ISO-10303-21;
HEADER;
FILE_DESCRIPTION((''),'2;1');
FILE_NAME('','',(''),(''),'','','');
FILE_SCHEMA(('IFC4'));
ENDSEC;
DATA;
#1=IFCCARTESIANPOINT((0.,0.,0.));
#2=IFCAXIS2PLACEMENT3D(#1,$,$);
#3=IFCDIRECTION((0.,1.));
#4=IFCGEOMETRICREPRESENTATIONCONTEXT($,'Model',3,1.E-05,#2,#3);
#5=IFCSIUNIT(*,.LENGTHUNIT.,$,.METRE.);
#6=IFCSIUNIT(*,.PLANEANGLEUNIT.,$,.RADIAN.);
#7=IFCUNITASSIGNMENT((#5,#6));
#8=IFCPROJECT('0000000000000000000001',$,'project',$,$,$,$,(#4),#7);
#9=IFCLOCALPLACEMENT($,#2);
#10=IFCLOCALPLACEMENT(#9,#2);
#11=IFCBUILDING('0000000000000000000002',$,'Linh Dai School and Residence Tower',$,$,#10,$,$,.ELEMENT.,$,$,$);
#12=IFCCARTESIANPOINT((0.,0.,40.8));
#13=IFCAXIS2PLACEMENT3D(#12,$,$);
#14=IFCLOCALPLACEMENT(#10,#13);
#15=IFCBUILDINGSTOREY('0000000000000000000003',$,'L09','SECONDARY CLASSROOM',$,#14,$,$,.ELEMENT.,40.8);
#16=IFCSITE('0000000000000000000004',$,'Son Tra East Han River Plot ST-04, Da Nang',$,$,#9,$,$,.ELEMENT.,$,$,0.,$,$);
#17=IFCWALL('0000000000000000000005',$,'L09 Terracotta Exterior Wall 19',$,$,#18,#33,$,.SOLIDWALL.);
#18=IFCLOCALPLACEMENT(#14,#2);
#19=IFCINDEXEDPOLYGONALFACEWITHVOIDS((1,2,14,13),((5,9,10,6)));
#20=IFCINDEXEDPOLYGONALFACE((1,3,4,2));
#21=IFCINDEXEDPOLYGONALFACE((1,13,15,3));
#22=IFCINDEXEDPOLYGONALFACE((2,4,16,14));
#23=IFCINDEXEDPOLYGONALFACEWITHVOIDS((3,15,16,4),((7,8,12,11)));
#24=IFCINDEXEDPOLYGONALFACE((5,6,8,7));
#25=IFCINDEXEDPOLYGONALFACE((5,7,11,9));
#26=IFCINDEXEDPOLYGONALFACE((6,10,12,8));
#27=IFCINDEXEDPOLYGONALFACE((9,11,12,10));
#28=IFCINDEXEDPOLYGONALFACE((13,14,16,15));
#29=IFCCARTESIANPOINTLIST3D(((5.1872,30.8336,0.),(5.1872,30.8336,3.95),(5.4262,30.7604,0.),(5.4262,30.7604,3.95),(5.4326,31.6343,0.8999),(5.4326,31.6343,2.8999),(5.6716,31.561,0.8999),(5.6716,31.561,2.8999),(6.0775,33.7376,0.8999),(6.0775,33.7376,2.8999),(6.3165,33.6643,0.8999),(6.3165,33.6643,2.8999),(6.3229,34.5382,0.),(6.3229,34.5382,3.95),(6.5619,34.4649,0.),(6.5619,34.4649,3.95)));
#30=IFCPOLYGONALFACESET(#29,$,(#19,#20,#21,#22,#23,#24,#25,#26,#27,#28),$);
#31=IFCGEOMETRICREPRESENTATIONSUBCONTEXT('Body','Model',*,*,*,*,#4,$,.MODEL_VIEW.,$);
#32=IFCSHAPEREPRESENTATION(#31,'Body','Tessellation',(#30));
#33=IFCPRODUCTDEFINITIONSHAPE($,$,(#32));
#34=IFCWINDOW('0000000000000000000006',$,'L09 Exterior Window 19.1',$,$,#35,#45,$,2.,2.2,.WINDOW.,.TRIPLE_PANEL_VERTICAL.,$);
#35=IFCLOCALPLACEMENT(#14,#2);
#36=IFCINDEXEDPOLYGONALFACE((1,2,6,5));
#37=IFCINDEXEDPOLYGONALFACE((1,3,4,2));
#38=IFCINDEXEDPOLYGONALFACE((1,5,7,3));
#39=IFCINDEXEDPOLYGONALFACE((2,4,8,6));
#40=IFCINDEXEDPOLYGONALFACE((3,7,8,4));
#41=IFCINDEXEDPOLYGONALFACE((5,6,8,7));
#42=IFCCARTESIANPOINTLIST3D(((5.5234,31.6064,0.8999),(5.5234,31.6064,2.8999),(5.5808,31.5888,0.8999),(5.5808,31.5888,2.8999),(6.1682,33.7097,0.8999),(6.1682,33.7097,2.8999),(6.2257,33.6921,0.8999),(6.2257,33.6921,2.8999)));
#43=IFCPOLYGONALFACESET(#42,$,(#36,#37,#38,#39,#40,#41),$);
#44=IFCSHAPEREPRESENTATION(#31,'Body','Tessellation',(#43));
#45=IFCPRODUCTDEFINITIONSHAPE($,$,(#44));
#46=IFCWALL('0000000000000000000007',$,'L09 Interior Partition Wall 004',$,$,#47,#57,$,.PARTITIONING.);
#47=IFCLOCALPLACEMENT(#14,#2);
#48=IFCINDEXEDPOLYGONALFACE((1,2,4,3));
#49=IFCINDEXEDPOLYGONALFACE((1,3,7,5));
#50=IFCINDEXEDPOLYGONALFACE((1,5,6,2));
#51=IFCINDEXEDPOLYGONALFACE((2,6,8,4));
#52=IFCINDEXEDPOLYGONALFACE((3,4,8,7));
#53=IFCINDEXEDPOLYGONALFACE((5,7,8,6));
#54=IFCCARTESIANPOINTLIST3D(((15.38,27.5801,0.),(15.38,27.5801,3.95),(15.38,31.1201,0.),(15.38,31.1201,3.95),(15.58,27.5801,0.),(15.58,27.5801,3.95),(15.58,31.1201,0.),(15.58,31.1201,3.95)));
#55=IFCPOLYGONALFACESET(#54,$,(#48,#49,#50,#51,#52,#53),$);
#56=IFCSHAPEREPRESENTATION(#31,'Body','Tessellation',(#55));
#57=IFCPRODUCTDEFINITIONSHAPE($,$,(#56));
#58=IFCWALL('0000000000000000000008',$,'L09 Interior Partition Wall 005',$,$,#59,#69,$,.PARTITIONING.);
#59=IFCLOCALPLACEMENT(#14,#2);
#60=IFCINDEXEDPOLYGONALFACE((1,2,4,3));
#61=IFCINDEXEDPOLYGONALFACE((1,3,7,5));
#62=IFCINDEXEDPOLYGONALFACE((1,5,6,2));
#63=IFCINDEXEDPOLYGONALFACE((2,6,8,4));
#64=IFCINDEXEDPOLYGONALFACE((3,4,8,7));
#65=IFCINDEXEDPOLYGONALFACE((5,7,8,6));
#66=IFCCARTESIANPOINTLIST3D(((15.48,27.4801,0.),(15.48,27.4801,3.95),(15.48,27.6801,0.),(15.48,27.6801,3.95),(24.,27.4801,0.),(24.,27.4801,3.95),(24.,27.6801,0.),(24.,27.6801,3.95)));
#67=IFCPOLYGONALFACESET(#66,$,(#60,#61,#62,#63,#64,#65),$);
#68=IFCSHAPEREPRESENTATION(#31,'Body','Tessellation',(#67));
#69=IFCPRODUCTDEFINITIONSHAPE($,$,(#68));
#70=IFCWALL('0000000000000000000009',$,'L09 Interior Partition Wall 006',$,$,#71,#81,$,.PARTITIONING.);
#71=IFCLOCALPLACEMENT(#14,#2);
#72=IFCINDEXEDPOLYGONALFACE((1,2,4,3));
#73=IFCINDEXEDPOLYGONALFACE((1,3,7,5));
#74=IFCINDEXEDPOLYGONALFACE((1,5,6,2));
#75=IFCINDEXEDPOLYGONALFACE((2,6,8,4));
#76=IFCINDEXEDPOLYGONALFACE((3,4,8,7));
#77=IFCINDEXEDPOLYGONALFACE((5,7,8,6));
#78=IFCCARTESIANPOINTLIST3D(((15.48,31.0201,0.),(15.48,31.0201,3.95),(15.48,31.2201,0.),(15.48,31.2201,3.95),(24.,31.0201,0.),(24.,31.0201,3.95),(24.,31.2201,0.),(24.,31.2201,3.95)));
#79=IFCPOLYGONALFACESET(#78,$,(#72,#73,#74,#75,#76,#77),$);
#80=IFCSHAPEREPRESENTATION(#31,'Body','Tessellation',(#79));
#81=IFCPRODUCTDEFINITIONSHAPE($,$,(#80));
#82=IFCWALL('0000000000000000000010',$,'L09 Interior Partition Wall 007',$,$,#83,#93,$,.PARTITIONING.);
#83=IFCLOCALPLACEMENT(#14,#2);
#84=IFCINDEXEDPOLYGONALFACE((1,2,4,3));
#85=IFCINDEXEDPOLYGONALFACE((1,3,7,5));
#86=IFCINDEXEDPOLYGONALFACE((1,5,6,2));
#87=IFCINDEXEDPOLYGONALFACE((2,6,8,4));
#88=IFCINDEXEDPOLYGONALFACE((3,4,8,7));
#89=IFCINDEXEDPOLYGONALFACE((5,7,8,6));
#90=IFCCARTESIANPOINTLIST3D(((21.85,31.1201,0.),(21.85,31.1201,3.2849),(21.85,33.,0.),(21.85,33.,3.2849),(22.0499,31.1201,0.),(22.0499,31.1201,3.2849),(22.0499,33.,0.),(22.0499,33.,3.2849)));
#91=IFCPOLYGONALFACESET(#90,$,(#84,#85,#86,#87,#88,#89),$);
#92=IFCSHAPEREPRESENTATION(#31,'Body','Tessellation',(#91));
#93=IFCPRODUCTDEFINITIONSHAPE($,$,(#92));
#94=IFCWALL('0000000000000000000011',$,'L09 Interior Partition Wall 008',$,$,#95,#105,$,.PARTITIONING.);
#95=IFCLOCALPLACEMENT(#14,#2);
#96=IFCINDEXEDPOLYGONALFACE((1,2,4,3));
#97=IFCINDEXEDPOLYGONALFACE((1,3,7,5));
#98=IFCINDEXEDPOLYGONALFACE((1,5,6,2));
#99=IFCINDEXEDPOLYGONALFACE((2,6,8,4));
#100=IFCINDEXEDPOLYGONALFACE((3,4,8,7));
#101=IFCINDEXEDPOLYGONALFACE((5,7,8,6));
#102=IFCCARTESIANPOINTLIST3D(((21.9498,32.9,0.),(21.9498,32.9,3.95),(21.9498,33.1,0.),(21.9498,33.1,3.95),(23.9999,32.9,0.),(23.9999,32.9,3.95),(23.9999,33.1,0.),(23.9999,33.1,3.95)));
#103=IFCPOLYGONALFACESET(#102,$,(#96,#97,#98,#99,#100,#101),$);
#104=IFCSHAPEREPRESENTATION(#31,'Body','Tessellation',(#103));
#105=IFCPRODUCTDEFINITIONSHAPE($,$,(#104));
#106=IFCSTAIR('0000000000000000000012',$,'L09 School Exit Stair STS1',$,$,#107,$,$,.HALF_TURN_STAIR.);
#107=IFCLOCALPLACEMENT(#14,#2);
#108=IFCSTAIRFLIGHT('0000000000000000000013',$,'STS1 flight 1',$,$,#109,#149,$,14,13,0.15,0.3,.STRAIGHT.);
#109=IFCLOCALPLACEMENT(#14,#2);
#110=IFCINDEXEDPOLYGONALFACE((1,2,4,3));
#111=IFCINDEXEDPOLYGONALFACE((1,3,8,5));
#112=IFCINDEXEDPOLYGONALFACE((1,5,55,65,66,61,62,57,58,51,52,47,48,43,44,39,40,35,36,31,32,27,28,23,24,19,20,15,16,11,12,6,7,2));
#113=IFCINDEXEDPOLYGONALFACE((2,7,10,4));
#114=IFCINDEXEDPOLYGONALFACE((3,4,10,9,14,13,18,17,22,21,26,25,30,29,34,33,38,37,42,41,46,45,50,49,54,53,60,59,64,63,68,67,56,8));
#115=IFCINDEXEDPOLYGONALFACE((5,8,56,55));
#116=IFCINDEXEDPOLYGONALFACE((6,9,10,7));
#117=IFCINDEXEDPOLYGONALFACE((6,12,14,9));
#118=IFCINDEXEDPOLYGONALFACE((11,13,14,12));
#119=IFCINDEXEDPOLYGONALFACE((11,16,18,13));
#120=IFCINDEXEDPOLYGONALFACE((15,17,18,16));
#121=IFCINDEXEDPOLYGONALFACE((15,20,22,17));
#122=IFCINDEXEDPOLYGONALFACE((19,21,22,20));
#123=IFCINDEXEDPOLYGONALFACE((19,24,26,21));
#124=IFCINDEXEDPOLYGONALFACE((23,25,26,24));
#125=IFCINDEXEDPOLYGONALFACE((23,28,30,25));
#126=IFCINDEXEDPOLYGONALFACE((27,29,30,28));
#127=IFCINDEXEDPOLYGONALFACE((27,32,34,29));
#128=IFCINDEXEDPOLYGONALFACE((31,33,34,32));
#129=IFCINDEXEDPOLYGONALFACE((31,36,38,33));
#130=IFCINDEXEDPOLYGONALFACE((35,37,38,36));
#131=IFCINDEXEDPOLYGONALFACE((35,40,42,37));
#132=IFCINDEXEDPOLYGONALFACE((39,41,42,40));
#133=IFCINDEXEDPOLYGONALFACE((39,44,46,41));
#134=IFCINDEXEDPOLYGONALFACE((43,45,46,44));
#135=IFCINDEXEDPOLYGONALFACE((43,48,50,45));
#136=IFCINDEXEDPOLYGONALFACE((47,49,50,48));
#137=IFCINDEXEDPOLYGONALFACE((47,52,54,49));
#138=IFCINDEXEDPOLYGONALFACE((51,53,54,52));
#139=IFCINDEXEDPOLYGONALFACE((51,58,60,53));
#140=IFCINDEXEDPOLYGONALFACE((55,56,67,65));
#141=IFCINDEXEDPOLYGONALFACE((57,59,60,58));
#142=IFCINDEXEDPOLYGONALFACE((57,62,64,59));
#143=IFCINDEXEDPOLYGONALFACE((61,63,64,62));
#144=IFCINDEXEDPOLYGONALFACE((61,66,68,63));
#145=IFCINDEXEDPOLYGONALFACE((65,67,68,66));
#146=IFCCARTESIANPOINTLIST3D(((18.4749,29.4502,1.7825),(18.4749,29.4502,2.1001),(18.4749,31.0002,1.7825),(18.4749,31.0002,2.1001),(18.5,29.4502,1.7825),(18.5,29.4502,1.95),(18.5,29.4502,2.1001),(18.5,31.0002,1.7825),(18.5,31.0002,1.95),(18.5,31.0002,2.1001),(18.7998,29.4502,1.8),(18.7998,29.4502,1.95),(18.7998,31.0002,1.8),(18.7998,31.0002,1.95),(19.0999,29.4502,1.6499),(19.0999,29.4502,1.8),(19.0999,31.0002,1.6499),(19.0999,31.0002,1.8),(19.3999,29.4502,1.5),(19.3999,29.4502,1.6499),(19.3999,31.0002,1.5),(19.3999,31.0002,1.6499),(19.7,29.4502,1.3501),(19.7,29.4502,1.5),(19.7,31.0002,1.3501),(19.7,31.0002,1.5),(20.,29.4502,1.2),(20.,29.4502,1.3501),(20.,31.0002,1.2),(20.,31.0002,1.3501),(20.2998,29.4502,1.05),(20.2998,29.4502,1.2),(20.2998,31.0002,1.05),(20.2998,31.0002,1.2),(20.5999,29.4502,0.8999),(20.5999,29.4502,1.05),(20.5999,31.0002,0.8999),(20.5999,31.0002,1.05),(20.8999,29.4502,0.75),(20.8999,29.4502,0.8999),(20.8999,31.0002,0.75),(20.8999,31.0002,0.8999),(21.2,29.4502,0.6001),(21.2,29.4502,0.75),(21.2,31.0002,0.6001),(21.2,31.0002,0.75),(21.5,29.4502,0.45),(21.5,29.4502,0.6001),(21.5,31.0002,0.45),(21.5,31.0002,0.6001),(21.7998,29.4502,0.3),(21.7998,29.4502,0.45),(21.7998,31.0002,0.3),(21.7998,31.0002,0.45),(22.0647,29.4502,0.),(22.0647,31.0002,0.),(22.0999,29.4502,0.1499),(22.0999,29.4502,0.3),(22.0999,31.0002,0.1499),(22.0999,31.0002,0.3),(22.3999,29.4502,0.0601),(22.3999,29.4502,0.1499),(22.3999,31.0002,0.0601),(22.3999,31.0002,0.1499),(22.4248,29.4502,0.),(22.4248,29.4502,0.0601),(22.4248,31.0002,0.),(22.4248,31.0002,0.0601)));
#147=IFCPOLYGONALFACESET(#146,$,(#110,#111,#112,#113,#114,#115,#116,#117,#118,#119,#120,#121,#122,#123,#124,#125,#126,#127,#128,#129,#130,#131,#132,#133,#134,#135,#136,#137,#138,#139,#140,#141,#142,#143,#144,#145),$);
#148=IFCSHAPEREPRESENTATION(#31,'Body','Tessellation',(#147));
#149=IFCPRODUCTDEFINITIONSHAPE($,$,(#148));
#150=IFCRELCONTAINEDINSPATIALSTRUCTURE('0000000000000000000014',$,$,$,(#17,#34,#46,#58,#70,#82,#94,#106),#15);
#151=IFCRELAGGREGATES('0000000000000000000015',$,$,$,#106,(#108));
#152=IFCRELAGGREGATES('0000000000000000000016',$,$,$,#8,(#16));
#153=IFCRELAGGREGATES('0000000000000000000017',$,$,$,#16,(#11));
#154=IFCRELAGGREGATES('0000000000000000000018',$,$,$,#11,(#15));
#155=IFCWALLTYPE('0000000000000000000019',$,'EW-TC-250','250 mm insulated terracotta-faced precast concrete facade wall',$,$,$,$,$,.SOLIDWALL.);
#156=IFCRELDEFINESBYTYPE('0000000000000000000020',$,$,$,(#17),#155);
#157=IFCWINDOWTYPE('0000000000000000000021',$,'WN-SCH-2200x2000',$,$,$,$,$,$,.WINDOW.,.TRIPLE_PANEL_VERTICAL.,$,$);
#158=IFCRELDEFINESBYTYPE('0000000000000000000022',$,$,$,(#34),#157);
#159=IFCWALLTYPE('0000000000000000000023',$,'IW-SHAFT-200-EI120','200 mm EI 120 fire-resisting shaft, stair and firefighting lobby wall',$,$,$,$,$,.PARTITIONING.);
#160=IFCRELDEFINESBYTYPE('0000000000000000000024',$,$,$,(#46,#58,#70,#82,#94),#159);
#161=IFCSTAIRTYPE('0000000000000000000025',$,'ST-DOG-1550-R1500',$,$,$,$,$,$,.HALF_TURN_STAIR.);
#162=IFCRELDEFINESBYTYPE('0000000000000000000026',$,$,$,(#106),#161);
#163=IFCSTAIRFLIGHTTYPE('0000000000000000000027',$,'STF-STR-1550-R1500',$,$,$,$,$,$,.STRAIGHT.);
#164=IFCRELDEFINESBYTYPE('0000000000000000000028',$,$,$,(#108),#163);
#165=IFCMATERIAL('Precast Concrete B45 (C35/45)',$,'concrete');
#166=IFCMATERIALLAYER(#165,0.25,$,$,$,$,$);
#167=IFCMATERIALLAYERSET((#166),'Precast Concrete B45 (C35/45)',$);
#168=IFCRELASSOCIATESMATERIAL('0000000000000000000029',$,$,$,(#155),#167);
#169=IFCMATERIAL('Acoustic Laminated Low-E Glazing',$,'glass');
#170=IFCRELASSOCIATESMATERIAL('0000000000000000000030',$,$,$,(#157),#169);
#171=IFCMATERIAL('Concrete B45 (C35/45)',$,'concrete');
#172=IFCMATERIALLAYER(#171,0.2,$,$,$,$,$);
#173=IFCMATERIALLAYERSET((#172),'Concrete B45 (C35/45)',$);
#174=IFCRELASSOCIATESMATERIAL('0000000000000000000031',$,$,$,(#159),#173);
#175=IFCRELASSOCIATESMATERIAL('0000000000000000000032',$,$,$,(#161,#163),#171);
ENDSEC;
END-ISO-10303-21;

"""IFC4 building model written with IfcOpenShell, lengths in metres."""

from ifc_helpers import new_model, si_unit, direction, frame, frame_2d, origin, origin_2d, place, context, subcontext, project, spatial, polyline, rectangle, outline, extrude, source, transform, mapped, material, layer, layer_set, type_object, element, fill, aggregate, save


model = new_model("IFC4")

# Units and contexts
model_context = context("Model", 3, precision=1e-05, world=origin(), true_north=direction((0.0, 1.0)))
body_context = subcontext(model_context, "Body", "Model", "MODEL_VIEW")
ifc_project = project(units=[si_unit("LENGTHUNIT", "METRE"), si_unit("PLANEANGLEUNIT", "RADIAN")], contexts=[model_context])

# Site, building, storey
site_placement = place(None, origin())
site = spatial("IfcSite", under=ifc_project, at=site_placement, Name="Son Tra East Han River Plot ST-04, Da Nang", CompositionType="ELEMENT", RefElevation=0.0)
building_placement = place(site_placement, origin())
building = spatial("IfcBuilding", under=site, at=building_placement, Name="Linh Dai School and Residence Tower", CompositionType="ELEMENT")
storey_placement = place(building_placement, frame((0.0, 0.0, 40.8)))
storey = spatial("IfcBuildingStorey", under=building, at=storey_placement, Name="L09", Description="SECONDARY CLASSROOM", CompositionType="ELEMENT", Elevation=40.8)

# Shared definitions
ifc_material_1 = material(Name="Precast Concrete B45 (C35/45)", Category="concrete")
ifc_layer_1 = layer(ifc_material_1, 0.25)
ifc_layer_set_1 = layer_set([ifc_layer_1], Name="Precast Concrete B45 (C35/45)")
wall_type_1 = type_object("IfcWallType", Name="EW-TC-250", Description="250 mm insulated terracotta-faced precast concrete facade wall", PredefinedType="SOLIDWALL", material=ifc_layer_set_1)

# Wall, opening, window
wall_1_placement = place(storey_placement, frame((5.3066, 30.7969, 0.0), z_axis=(0.0, 0.0, 1.0), x_axis=(0.293112, 0.956078, 0.0)))
wall_1 = element("IfcWall", 1, at=wall_1_placement, inside=storey, type_object=wall_type_1, Name="L09 Terracotta Exterior Wall 19", PredefinedType="SOLIDWALL", context=body_context, shape_type="SweptSolid", body=[
    extrude(rectangle(XDim=3.8748, YDim=0.25, at=frame_2d((1.9375, 0.0))), origin(), (0.0, 0.0, 1.0), 3.95),
])
opening_placement = place(wall_1_placement, frame((0.8374, 0.0, 0.8999)))
opening = element("IfcOpeningElement", 2, at=opening_placement, cuts=wall_1, PredefinedType="OPENING", context=body_context, shape_type="SweptSolid", body=[
    extrude(rectangle(XDim=2.2, YDim=2.0, at=origin_2d()), frame((1.1001, 0.135, 1.0), z_axis=(0.0, -1.0, 0.0), x_axis=(1.0, 0.0, 0.0)), (0.0, 0.0, 1.0), 0.27),
])
ifc_material_2 = material(Name="Acoustic Laminated Low-E Glazing", Category="glass")
window_type = type_object("IfcWindowType", Name="WN-SCH-2200x2000", PartitioningType="TRIPLE_PANEL_VERTICAL", PredefinedType="WINDOW", material=ifc_material_2)
shared_shape_1 = source(origin(), body_context, "Body", "SweptSolid", [
    extrude(rectangle(XDim=2.2, YDim=2.0, at=origin_2d()), frame((1.1001, 0.03, 1.0), z_axis=(0.0, -1.0, 0.0), x_axis=(1.0, 0.0, 0.0)), (0.0, 0.0, 1.0), 0.0601),
])
window_placement = place(opening_placement, origin())
window = element("IfcWindow", 3, at=window_placement, inside=storey, type_object=window_type, Name="L09 Exterior Window 19.1", OverallHeight=2.0, OverallWidth=2.2, PartitioningType="TRIPLE_PANEL_VERTICAL", PredefinedType="WINDOW", context=body_context, shape_type="MappedRepresentation", body=[
    mapped(shared_shape_1, transform((0.0, 0.0, 0.0), x_axis=(1.0, 0.0, 0.0), y_axis=(0.0, 1.0, 0.0), z_axis=(0.0, 0.0, 1.0), scale=1.0)),
])
fill(opening, window)

# Walls
ifc_material_3 = material(Name="Concrete B45 (C35/45)", Category="concrete")
ifc_layer_2 = layer(ifc_material_3, 0.2)
ifc_layer_set_2 = layer_set([ifc_layer_2], Name="Concrete B45 (C35/45)")
wall_type_2 = type_object("IfcWallType", Name="IW-SHAFT-200-EI120", Description="200 mm EI 120 fire-resisting shaft, stair and firefighting lobby wall", PredefinedType="PARTITIONING", material=ifc_layer_set_2)
wall_2_placement = place(storey_placement, frame((15.48, 27.5801, 0.0), z_axis=(0.0, 0.0, 1.0), x_axis=(0.0, 1.0, 0.0)))
element("IfcWall", 4, at=wall_2_placement, inside=storey, type_object=wall_type_2, Name="L09 Interior Partition Wall 004", PredefinedType="PARTITIONING", context=body_context, shape_type="SweptSolid", body=[
    extrude(rectangle(XDim=3.54, YDim=0.2, at=frame_2d((1.77, 0.0))), origin(), (0.0, 0.0, 1.0), 3.95),
])
for number, where, z_axis, x_axis, name in (
    (5, (15.48, 27.5801, 0.0), (0.0, 0.0, 1.0), (1.0, 0.0, 0.0), "L09 Interior Partition Wall 005"),
    (6, (15.48, 31.1201, 0.0), (0.0, 0.0, 1.0), (1.0, 0.0, 0.0), "L09 Interior Partition Wall 006"),
):
    element("IfcWall", number, at=place(storey_placement, frame(where, z_axis=z_axis, x_axis=x_axis)), inside=storey, type_object=wall_type_2, Name=name, PredefinedType="PARTITIONING", context=body_context, shape_type="SweptSolid", body=[
        extrude(rectangle(XDim=8.52, YDim=0.2, at=frame_2d((4.26, 0.0))), origin(), (0.0, 0.0, 1.0), 3.95),
    ])
wall_3_placement = place(storey_placement, frame((21.95, 31.1201, 0.0), z_axis=(0.0, 0.0, 1.0), x_axis=(0.0, 1.0, 0.0)))
element("IfcWall", 7, at=wall_3_placement, inside=storey, type_object=wall_type_2, Name="L09 Interior Partition Wall 007", PredefinedType="PARTITIONING", context=body_context, shape_type="SweptSolid", body=[
    extrude(rectangle(XDim=1.8799, YDim=0.2, at=frame_2d((0.9399, 0.0))), origin(), (0.0, 0.0, 1.0), 3.2849),
])
wall_4_placement = place(storey_placement, frame((21.95, 33.0, 0.0), z_axis=(0.0, 0.0, 1.0), x_axis=(1.0, 0.0, 0.0)))
element("IfcWall", 8, at=wall_4_placement, inside=storey, type_object=wall_type_2, Name="L09 Interior Partition Wall 008", PredefinedType="PARTITIONING", context=body_context, shape_type="SweptSolid", body=[
    extrude(rectangle(XDim=2.05, YDim=0.2, at=frame_2d((1.0249, 0.0))), origin(), (0.0, 0.0, 1.0), 3.95),
])

# Stair, stair flight
stair_type = type_object("IfcStairType", Name="ST-DOG-1550-R1500", PredefinedType="HALF_TURN_STAIR", material=ifc_material_3)
stair_placement = place(storey_placement, origin())
stair = element("IfcStair", 9, at=stair_placement, inside=storey, type_object=stair_type, Name="L09 School Exit Stair STS1", PredefinedType="HALF_TURN_STAIR")
stair_flight_type = type_object("IfcStairFlightType", Name="STF-STR-1550-R1500", PredefinedType="STRAIGHT", material=ifc_material_3)
shared_shape_2 = source(origin(), body_context, "Body", "SweptSolid", [
    extrude(outline(polyline([(-0.0249, 0.0), (-0.0249, 0.0601), (0.0, 0.0601), (0.0, 0.1499), (0.3, 0.1499), (0.3, 0.3), (0.6001, 0.3), (0.6001, 0.45), (0.8999, 0.45), (0.8999, 0.6001), (1.2, 0.6001), (1.2, 0.75), (1.5, 0.75), (1.5, 0.8999), (1.8, 0.8999), (1.8, 1.05), (2.1001, 1.05), (2.1001, 1.2), (2.3999, 1.2), (2.3999, 1.3501), (2.7, 1.3501), (2.7, 1.5), (3.0, 1.5), (3.0, 1.6499), (3.3, 1.6499), (3.3, 1.8), (3.6001, 1.8), (3.6001, 1.95), (3.8999, 1.95), (3.8999, 2.1001), (3.925, 2.1001), (3.925, 1.7825), (3.8999, 1.7825), (0.3352, 0.0), (-0.0249, 0.0)])), frame((0.0, 0.7749, 0.0), z_axis=(0.0, -1.0, 0.0), x_axis=(1.0, 0.0, 0.0)), (0.0, 0.0, 1.0), 1.55),
])
stair_flight_1_placement = place(storey_placement, frame((22.3999, 30.2251, 0.0), z_axis=(0.0, 0.0, 1.0), x_axis=(-1.0, 0.0, 0.0)))
stair_flight_1 = element("IfcStairFlight", 10, at=stair_flight_1_placement, type_object=stair_flight_type, Name="STS1 flight 1", NumberOfRisers=14, NumberOfTreads=13, PredefinedType="STRAIGHT", RiserHeight=0.15, TreadLength=0.3, context=body_context, shape_type="MappedRepresentation", body=[
    mapped(shared_shape_2, transform((0.0, 0.0, 0.0), x_axis=(1.0, 0.0, 0.0), y_axis=(0.0, 1.0, 0.0), z_axis=(0.0, 0.0, 1.0), scale=1.0)),
])
aggregate(stair, [stair_flight_1])

save(model, "model.ifc")
